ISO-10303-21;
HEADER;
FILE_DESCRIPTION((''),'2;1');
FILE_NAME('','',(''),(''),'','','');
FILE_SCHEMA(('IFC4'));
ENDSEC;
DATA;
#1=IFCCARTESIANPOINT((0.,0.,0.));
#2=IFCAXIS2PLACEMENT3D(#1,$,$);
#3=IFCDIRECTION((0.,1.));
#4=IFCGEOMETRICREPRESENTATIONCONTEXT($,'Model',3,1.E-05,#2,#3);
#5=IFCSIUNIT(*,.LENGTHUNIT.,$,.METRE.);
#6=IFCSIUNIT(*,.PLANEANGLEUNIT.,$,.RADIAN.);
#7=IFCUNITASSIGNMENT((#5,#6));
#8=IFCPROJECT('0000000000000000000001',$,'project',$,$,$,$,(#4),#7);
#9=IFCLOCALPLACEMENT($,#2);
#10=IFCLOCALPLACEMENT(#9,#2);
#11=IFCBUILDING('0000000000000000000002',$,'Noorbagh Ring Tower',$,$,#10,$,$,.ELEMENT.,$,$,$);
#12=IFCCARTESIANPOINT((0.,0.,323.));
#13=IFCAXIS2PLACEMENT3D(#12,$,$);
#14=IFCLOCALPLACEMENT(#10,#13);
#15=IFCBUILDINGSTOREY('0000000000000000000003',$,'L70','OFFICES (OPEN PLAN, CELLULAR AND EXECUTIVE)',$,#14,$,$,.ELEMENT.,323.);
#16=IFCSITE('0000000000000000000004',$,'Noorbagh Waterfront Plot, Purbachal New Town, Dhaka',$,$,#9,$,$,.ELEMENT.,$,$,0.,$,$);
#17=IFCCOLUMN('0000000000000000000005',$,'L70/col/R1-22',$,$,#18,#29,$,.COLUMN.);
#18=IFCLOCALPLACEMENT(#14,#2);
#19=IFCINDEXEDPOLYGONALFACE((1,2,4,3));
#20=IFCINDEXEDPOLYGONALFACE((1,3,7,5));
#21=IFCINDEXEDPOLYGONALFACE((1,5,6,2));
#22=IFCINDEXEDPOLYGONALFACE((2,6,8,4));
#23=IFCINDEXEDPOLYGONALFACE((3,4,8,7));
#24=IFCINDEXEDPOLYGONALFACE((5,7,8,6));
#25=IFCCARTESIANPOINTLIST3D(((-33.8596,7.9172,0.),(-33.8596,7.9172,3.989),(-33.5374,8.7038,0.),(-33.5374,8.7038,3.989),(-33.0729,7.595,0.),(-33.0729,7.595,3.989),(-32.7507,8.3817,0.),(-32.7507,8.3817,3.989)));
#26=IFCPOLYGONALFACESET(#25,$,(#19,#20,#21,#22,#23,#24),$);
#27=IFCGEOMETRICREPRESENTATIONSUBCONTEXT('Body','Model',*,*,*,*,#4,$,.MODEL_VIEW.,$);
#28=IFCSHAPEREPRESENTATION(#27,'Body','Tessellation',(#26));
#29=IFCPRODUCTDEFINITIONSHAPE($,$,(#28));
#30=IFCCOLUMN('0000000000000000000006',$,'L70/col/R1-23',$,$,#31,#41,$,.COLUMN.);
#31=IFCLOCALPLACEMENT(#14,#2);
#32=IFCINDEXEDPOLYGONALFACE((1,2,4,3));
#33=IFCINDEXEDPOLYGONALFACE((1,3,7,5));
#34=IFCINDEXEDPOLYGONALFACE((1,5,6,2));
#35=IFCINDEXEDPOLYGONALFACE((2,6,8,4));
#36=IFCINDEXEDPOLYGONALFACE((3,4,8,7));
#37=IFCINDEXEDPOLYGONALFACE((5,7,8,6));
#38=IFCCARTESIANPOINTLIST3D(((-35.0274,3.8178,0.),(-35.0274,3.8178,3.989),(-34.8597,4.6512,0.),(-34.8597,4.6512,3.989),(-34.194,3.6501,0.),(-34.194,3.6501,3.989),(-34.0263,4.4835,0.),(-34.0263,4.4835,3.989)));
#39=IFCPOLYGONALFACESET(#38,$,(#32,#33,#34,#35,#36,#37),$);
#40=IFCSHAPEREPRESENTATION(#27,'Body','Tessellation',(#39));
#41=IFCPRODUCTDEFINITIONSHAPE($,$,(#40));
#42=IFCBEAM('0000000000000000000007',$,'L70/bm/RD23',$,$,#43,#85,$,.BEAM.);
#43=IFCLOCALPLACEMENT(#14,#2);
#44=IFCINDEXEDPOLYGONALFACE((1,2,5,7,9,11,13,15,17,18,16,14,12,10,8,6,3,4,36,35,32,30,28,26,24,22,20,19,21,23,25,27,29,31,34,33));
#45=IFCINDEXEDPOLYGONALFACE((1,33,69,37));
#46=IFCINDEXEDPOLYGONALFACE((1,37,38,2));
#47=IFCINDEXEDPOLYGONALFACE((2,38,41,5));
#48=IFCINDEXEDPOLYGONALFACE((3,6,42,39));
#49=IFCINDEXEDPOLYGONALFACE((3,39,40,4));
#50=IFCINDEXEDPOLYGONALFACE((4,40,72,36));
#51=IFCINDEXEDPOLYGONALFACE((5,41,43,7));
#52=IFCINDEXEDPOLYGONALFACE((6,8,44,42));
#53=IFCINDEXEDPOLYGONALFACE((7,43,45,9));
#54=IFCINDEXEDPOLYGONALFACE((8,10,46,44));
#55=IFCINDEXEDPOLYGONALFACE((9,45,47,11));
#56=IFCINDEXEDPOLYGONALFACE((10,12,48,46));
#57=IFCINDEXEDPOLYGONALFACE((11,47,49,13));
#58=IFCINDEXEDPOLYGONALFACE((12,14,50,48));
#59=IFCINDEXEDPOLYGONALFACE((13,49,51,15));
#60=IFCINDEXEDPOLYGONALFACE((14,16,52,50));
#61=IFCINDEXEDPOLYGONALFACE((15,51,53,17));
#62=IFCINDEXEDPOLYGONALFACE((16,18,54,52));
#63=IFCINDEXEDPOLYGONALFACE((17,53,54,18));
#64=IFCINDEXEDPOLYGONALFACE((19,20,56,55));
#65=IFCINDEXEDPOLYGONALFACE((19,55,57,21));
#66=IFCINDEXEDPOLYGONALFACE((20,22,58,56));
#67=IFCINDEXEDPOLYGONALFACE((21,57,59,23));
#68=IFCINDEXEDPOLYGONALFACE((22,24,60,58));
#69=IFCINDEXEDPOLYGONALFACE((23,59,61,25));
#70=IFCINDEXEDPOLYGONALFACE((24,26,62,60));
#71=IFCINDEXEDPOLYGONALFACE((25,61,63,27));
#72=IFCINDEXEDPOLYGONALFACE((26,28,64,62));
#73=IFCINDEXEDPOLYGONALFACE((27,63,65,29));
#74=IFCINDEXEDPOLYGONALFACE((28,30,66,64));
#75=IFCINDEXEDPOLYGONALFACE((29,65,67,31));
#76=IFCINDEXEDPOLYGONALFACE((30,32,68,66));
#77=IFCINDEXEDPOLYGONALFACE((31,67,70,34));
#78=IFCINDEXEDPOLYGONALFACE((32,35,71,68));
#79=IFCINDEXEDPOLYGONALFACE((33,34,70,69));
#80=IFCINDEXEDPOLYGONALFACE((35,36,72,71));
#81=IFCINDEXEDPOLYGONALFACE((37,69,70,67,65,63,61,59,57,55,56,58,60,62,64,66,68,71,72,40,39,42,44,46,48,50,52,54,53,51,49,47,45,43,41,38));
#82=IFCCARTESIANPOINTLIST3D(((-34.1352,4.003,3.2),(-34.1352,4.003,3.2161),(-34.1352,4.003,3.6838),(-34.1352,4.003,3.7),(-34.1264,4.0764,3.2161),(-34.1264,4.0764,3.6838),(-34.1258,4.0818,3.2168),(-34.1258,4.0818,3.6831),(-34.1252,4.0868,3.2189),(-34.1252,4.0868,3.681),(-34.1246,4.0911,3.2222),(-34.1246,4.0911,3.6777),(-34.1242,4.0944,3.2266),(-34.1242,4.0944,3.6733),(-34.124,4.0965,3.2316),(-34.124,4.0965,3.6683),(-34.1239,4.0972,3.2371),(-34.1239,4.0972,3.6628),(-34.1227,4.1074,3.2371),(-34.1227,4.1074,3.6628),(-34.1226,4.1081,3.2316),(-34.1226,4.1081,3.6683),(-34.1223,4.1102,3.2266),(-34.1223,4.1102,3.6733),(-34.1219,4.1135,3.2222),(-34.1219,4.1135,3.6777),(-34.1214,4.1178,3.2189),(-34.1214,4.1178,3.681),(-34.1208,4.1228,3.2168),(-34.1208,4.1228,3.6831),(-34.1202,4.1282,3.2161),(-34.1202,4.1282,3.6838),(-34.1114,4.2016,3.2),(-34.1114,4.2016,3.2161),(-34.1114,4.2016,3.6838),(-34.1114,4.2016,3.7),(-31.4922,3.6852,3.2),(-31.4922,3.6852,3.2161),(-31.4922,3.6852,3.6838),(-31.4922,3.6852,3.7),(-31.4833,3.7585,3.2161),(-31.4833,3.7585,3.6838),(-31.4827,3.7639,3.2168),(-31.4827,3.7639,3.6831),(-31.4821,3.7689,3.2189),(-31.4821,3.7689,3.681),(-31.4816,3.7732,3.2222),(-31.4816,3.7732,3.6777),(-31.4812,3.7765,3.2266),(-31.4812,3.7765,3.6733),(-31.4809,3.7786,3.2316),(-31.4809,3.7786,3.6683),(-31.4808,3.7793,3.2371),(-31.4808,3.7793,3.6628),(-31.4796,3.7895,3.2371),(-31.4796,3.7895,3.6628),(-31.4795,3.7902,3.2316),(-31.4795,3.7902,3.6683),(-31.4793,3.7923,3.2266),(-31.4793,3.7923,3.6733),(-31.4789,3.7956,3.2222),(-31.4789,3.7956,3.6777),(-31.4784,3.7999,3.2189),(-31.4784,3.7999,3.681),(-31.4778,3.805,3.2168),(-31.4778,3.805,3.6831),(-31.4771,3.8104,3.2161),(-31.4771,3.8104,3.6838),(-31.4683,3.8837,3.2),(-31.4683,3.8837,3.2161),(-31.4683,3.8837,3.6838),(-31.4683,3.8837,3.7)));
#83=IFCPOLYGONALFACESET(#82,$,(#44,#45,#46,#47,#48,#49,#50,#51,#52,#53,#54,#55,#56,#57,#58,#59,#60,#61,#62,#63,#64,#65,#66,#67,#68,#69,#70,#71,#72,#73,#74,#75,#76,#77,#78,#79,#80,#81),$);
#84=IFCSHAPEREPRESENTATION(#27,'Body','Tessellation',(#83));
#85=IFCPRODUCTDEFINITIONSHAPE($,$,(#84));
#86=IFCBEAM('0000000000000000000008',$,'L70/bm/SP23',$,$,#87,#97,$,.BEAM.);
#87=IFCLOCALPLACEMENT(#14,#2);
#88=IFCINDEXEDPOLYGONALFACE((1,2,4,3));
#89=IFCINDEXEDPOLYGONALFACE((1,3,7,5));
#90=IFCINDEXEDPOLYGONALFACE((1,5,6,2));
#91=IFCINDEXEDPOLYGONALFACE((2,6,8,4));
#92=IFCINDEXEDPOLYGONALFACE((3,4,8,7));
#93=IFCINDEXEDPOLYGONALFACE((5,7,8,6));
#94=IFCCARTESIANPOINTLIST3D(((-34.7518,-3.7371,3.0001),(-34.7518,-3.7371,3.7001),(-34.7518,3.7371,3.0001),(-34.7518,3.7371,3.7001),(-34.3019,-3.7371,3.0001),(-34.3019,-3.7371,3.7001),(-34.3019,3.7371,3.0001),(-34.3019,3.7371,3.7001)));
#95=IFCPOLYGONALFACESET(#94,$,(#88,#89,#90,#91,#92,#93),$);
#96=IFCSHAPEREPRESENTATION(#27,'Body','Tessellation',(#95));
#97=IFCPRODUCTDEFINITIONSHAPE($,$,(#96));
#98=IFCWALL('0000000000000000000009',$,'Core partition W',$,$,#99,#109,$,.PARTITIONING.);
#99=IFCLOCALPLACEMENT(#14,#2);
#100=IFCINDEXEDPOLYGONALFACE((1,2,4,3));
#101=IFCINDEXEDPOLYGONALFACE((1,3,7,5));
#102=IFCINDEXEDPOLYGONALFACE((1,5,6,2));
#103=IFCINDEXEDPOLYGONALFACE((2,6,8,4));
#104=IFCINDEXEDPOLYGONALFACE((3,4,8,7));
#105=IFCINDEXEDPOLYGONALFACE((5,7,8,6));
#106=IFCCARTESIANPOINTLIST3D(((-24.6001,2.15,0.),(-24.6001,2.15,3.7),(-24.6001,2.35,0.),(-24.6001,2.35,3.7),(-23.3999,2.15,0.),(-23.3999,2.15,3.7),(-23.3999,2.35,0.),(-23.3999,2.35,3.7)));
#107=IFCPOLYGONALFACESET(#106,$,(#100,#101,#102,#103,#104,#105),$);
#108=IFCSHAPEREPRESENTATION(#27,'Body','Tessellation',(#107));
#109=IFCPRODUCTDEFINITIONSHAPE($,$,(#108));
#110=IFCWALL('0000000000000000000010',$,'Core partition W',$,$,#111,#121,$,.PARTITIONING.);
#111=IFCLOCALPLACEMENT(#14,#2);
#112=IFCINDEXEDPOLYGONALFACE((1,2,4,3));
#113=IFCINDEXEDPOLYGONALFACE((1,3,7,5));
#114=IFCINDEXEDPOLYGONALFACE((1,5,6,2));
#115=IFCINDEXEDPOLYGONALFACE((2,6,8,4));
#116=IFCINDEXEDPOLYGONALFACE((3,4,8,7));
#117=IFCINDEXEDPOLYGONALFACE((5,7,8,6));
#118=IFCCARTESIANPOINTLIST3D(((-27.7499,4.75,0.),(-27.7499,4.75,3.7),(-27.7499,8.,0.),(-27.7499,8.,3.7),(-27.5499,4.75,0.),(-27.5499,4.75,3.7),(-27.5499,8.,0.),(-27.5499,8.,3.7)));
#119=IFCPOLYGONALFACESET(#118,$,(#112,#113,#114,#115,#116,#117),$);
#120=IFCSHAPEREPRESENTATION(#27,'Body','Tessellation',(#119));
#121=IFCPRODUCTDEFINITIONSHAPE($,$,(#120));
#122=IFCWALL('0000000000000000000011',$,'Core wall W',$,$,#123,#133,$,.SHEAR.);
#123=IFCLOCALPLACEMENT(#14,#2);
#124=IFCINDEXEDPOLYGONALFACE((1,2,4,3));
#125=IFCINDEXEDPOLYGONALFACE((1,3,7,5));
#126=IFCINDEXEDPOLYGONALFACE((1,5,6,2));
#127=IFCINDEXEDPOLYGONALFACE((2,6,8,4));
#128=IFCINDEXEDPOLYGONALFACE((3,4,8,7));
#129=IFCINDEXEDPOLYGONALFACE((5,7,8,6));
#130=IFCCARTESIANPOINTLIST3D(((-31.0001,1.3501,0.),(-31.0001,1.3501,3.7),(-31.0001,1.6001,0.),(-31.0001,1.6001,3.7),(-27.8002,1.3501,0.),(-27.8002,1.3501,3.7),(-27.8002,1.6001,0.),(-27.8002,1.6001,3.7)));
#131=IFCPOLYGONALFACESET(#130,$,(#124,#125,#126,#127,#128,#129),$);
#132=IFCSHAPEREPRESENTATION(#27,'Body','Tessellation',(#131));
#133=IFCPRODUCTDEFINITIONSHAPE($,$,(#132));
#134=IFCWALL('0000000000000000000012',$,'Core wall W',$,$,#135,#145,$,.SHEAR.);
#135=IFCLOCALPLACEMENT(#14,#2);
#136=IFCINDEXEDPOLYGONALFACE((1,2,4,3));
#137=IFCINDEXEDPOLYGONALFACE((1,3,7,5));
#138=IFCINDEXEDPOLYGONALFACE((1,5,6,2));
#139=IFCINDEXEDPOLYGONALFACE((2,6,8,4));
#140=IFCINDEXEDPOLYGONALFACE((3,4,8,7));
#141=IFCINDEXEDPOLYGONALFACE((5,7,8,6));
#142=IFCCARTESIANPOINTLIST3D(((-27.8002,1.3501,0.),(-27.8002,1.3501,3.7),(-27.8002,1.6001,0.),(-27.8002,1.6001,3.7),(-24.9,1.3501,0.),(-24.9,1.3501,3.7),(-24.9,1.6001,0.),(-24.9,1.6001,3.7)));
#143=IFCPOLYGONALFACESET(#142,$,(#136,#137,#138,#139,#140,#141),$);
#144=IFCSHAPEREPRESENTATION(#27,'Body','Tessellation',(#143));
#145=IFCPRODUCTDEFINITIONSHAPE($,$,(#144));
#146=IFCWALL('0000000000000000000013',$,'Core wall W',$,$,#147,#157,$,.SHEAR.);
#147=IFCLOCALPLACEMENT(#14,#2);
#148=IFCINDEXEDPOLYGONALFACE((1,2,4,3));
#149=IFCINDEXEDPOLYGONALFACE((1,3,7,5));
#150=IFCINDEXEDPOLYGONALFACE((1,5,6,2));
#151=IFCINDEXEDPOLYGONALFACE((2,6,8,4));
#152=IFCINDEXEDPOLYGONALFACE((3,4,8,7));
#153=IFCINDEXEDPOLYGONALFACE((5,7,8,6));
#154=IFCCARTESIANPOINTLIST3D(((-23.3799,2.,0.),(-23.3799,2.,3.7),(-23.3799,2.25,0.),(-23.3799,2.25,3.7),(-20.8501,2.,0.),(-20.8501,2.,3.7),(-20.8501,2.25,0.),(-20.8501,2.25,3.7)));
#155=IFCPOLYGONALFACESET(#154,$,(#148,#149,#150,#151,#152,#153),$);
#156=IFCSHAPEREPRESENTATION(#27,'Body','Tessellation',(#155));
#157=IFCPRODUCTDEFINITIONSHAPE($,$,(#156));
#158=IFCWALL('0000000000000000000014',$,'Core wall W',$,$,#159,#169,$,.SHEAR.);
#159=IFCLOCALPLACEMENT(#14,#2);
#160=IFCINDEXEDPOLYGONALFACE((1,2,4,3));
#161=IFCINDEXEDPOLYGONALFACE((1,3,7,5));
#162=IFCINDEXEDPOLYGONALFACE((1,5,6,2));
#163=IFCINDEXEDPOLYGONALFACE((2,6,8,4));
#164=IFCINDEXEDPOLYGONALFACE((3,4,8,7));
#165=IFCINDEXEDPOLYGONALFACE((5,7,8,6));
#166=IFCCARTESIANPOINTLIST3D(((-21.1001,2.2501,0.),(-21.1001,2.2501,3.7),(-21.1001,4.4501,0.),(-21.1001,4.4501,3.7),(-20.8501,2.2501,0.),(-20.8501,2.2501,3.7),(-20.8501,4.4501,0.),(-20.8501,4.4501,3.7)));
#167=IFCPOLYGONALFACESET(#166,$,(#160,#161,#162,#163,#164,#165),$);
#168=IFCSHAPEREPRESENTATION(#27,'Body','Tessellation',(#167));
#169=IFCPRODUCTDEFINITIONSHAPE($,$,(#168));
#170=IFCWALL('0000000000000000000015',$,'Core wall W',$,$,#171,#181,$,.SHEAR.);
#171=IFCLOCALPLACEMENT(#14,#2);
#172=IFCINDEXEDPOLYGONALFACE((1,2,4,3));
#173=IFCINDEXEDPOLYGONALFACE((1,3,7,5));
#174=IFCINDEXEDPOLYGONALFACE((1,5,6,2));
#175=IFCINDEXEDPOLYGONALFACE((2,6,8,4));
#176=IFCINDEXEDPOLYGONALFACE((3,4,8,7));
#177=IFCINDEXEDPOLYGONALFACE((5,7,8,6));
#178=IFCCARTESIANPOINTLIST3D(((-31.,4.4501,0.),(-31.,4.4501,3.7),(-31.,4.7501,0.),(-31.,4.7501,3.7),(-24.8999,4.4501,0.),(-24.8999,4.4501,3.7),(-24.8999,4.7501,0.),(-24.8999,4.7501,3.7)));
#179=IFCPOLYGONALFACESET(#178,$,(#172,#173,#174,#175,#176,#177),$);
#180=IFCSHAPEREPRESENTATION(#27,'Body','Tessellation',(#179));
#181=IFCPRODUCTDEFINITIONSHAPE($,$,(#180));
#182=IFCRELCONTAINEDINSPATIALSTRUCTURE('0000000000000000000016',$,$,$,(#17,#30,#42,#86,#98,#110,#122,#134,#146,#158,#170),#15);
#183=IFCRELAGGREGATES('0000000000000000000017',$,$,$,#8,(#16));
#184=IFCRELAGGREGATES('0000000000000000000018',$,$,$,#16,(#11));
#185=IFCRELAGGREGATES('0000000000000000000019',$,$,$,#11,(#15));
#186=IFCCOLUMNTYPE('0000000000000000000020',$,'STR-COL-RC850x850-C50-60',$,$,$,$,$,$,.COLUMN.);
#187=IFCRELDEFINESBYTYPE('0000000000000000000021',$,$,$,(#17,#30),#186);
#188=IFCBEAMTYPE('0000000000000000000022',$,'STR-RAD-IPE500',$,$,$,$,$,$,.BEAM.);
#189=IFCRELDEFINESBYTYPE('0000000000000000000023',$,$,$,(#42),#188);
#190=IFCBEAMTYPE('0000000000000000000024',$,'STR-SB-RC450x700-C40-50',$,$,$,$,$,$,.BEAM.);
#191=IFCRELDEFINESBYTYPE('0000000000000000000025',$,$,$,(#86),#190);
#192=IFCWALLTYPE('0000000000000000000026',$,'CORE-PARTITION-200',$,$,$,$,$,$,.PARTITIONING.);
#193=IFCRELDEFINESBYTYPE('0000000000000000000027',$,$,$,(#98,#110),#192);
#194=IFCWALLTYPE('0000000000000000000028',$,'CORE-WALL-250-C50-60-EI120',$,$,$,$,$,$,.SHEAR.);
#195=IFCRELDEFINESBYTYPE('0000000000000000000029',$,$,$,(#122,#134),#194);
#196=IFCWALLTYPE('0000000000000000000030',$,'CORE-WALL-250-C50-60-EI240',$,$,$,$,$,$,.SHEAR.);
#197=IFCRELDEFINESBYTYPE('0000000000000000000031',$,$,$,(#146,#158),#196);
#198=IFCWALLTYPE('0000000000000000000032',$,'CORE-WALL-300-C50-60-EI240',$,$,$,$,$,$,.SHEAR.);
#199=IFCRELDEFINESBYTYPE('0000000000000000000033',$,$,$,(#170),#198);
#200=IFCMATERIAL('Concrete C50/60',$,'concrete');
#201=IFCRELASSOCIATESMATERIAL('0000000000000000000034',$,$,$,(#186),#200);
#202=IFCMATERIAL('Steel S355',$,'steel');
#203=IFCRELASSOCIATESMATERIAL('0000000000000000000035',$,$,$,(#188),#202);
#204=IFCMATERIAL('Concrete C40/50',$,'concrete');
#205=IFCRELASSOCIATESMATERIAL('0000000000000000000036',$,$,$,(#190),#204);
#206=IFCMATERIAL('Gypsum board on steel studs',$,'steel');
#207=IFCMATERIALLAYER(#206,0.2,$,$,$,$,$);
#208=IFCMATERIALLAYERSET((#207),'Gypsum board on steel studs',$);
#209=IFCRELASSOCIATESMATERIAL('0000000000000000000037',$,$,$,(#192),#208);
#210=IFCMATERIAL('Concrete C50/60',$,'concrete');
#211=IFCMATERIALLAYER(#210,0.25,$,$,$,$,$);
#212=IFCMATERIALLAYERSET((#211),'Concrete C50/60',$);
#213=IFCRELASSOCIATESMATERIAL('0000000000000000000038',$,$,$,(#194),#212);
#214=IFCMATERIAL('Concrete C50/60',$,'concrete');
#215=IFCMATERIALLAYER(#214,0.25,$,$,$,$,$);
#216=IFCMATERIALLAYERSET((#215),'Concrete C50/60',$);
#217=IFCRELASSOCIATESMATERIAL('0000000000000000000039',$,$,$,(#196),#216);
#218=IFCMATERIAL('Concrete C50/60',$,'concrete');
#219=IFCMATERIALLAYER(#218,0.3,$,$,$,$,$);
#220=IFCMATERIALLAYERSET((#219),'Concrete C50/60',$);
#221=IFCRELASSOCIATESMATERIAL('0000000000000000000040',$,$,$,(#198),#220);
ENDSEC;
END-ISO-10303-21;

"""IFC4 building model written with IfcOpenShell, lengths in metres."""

from ifc_helpers import new_model, si_unit, direction, frame, frame_2d, origin, origin_2d, place, context, subcontext, project, spatial, rectangle, i_section, extrude, material, layer, layer_set, material_profile, profile_set, type_object, element, save


model = new_model("IFC4")

# Units and contexts
model_context = context("Model", 3, precision=1e-05, world=origin(), true_north=direction((0.0, 1.0)))
body_context = subcontext(model_context, "Body", "Model", "MODEL_VIEW")
ifc_project = project(units=[si_unit("LENGTHUNIT", "METRE"), si_unit("PLANEANGLEUNIT", "RADIAN")], contexts=[model_context])

# Site, building, storey
site_placement = place(None, origin())
site = spatial("IfcSite", under=ifc_project, at=site_placement, Name="Noorbagh Waterfront Plot, Purbachal New Town, Dhaka", CompositionType="ELEMENT", RefElevation=0.0)
building_placement = place(site_placement, origin())
building = spatial("IfcBuilding", under=site, at=building_placement, Name="Noorbagh Ring Tower", CompositionType="ELEMENT")
storey_placement = place(building_placement, frame((0.0, 0.0, 323.0)))
storey = spatial("IfcBuildingStorey", under=building, at=storey_placement, Name="L70", Description="OFFICES (OPEN PLAN, CELLULAR AND EXECUTIVE)", CompositionType="ELEMENT", Elevation=323.0)

# Columns
ifc_material_1 = material(Name="Concrete C50/60", Category="concrete")
ifc_material_profile_1 = material_profile(ifc_material_1, rectangle(XDim=0.8501, YDim=0.8501, at=origin_2d()), Name="RC850x850")
ifc_profile_set_1 = profile_set([ifc_material_profile_1], Name="Concrete C50/60")
column_type = type_object("IfcColumnType", Name="STR-COL-RC850x850-C50-60", PredefinedType="COLUMN", material=ifc_profile_set_1)
for number, where, z_axis, x_axis, name in (
    (1, (-33.3052, 8.1494, 0.0), (0.0, 0.0, 1.0), (-0.378989, -0.925401, 0.0), "L70/col/R1-22"),
    (2, (-34.5269, 4.1506, 0.0), (0.0, 0.0, 1.0), (-0.19723, -0.980357, 0.0), "L70/col/R1-23"),
):
    element("IfcColumn", number, at=place(storey_placement, frame(where, z_axis=z_axis, x_axis=x_axis)), inside=storey, type_object=column_type, Name=name, PredefinedType="COLUMN", context=body_context, shape_type="SweptSolid", body=[
        extrude(rectangle(XDim=0.8501, YDim=0.8501, at=origin_2d()), origin(), (0.0, 0.0, 1.0), 3.989),
    ])

# Beams
ifc_material_2 = material(Name="Steel S355", Category="steel")
ifc_material_profile_2 = material_profile(ifc_material_2, i_section(OverallWidth=0.2, OverallDepth=0.5, WebThickness=0.0103, FlangeThickness=0.0161, FilletRadius=0.021, at=origin_2d()), Name="IPE500")
ifc_profile_set_2 = profile_set([ifc_material_profile_2], Name="Steel S355")
beam_type_1 = type_object("IfcBeamType", Name="STR-RAD-IPE500", PredefinedType="BEAM", material=ifc_profile_set_2)
beam_1_placement = place(storey_placement, frame((-34.1233, 4.1023, 3.45), z_axis=(0.992846, -0.119406, 0.0), x_axis=(0.119406, 0.992846, 0.0)))
element("IfcBeam", 3, at=beam_1_placement, inside=storey, type_object=beam_type_1, Name="L70/bm/RD23", PredefinedType="BEAM", context=body_context, shape_type="SweptSolid", body=[
    extrude(i_section(OverallWidth=0.2, OverallDepth=0.5, WebThickness=0.0103, FlangeThickness=0.0161, FilletRadius=0.021, at=origin_2d()), origin(), (0.0, 0.0, 1.0), 2.6621),
])
ifc_material_3 = material(Name="Concrete C40/50", Category="concrete")
ifc_material_profile_3 = material_profile(ifc_material_3, rectangle(XDim=0.45, YDim=0.7, at=origin_2d()), Name="RC450x700")
ifc_profile_set_3 = profile_set([ifc_material_profile_3], Name="Concrete C40/50")
beam_type_2 = type_object("IfcBeamType", Name="STR-SB-RC450x700-C40-50", PredefinedType="BEAM", material=ifc_profile_set_3)
beam_2_placement = place(storey_placement, frame((-34.5269, 3.7371, 3.3501), z_axis=(0.0, -1.0, 0.0), x_axis=(1.0, 0.0, 0.0)))
element("IfcBeam", 4, at=beam_2_placement, inside=storey, type_object=beam_type_2, Name="L70/bm/SP23", PredefinedType="BEAM", context=body_context, shape_type="SweptSolid", body=[
    extrude(rectangle(XDim=0.45, YDim=0.7, at=origin_2d()), origin(), (0.0, 0.0, 1.0), 7.4741),
])

# Walls
ifc_material_4 = material(Name="Gypsum board on steel studs", Category="steel")
ifc_layer_1 = layer(ifc_material_4, 0.2)
ifc_layer_set_1 = layer_set([ifc_layer_1], Name="Gypsum board on steel studs")
wall_type_1 = type_object("IfcWallType", Name="CORE-PARTITION-200", PredefinedType="PARTITIONING", material=ifc_layer_set_1)
wall_1_placement = place(storey_placement, frame((-23.3999, 2.25, 0.0), z_axis=(0.0, 0.0, 1.0), x_axis=(-1.0, 0.0, 0.0)))
element("IfcWall", 5, at=wall_1_placement, inside=storey, type_object=wall_type_1, Name="Core partition W", PredefinedType="PARTITIONING", context=body_context, shape_type="SweptSolid", body=[
    extrude(rectangle(XDim=1.2002, YDim=0.2, at=frame_2d((0.6001, 0.0))), origin(), (0.0, 0.0, 1.0), 3.7),
])
wall_2_placement = place(storey_placement, frame((-27.6499, 4.75, 0.0), z_axis=(0.0, 0.0, 1.0), x_axis=(0.0, 1.0, 0.0)))
element("IfcWall", 6, at=wall_2_placement, inside=storey, type_object=wall_type_1, Name="Core partition W", PredefinedType="PARTITIONING", context=body_context, shape_type="SweptSolid", body=[
    extrude(rectangle(XDim=3.25, YDim=0.2, at=frame_2d((1.625, 0.0))), origin(), (0.0, 0.0, 1.0), 3.7),
])
ifc_material_5 = material(Name="Concrete C50/60", Category="concrete")
ifc_layer_2 = layer(ifc_material_5, 0.25)
ifc_layer_set_2 = layer_set([ifc_layer_2], Name="Concrete C50/60")
wall_type_2 = type_object("IfcWallType", Name="CORE-WALL-250-C50-60-EI120", PredefinedType="SHEAR", material=ifc_layer_set_2)
wall_3_placement = place(storey_placement, frame((-27.8, 1.4751, 0.0), z_axis=(0.0, 0.0, 1.0), x_axis=(-1.0, 0.0, 0.0)))
element("IfcWall", 7, at=wall_3_placement, inside=storey, type_object=wall_type_2, Name="Core wall W", PredefinedType="SHEAR", context=body_context, shape_type="SweptSolid", body=[
    extrude(rectangle(XDim=3.2, YDim=0.25, at=frame_2d((1.6001, 0.0))), origin(), (0.0, 0.0, 1.0), 3.7),
])
wall_4_placement = place(storey_placement, frame((-24.8999, 1.4751, 0.0), z_axis=(0.0, 0.0, 1.0), x_axis=(-1.0, 0.0, 0.0)))
element("IfcWall", 8, at=wall_4_placement, inside=storey, type_object=wall_type_2, Name="Core wall W", PredefinedType="SHEAR", context=body_context, shape_type="SweptSolid", body=[
    extrude(rectangle(XDim=2.9001, YDim=0.25, at=frame_2d((1.4502, 0.0))), origin(), (0.0, 0.0, 1.0), 3.7),
])
ifc_material_6 = material(Name="Concrete C50/60", Category="concrete")
ifc_layer_3 = layer(ifc_material_6, 0.25)
ifc_layer_set_3 = layer_set([ifc_layer_3], Name="Concrete C50/60")
wall_type_3 = type_object("IfcWallType", Name="CORE-WALL-250-C50-60-EI240", PredefinedType="SHEAR", material=ifc_layer_set_3)
wall_5_placement = place(storey_placement, frame((-20.8501, 2.125, 0.0), z_axis=(0.0, 0.0, 1.0), x_axis=(-1.0, 0.0, 0.0)))
element("IfcWall", 9, at=wall_5_placement, inside=storey, type_object=wall_type_3, Name="Core wall W", PredefinedType="SHEAR", context=body_context, shape_type="SweptSolid", body=[
    extrude(rectangle(XDim=2.5298, YDim=0.25, at=frame_2d((1.2649, 0.0))), origin(), (0.0, 0.0, 1.0), 3.7),
])
wall_6_placement = place(storey_placement, frame((-20.9751, 2.25, 0.0), z_axis=(0.0, 0.0, 1.0), x_axis=(0.0, 1.0, 0.0)))
element("IfcWall", 10, at=wall_6_placement, inside=storey, type_object=wall_type_3, Name="Core wall W", PredefinedType="SHEAR", context=body_context, shape_type="SweptSolid", body=[
    extrude(rectangle(XDim=2.2, YDim=0.25, at=frame_2d((1.1001, 0.0))), origin(), (0.0, 0.0, 1.0), 3.7),
])
ifc_material_7 = material(Name="Concrete C50/60", Category="concrete")
ifc_layer_4 = layer(ifc_material_7, 0.3)
ifc_layer_set_4 = layer_set([ifc_layer_4], Name="Concrete C50/60")
wall_type_4 = type_object("IfcWallType", Name="CORE-WALL-300-C50-60-EI240", PredefinedType="SHEAR", material=ifc_layer_set_4)
wall_7_placement = place(storey_placement, frame((-24.8999, 4.6001, 0.0), z_axis=(0.0, 0.0, 1.0), x_axis=(-1.0, 0.0, 0.0)))
element("IfcWall", 11, at=wall_7_placement, inside=storey, type_object=wall_type_4, Name="Core wall W", PredefinedType="SHEAR", context=body_context, shape_type="SweptSolid", body=[
    extrude(rectangle(XDim=6.1001, YDim=0.3, at=frame_2d((3.05, 0.0))), origin(), (0.0, 0.0, 1.0), 3.7),
])

save(model, "model.ifc")
